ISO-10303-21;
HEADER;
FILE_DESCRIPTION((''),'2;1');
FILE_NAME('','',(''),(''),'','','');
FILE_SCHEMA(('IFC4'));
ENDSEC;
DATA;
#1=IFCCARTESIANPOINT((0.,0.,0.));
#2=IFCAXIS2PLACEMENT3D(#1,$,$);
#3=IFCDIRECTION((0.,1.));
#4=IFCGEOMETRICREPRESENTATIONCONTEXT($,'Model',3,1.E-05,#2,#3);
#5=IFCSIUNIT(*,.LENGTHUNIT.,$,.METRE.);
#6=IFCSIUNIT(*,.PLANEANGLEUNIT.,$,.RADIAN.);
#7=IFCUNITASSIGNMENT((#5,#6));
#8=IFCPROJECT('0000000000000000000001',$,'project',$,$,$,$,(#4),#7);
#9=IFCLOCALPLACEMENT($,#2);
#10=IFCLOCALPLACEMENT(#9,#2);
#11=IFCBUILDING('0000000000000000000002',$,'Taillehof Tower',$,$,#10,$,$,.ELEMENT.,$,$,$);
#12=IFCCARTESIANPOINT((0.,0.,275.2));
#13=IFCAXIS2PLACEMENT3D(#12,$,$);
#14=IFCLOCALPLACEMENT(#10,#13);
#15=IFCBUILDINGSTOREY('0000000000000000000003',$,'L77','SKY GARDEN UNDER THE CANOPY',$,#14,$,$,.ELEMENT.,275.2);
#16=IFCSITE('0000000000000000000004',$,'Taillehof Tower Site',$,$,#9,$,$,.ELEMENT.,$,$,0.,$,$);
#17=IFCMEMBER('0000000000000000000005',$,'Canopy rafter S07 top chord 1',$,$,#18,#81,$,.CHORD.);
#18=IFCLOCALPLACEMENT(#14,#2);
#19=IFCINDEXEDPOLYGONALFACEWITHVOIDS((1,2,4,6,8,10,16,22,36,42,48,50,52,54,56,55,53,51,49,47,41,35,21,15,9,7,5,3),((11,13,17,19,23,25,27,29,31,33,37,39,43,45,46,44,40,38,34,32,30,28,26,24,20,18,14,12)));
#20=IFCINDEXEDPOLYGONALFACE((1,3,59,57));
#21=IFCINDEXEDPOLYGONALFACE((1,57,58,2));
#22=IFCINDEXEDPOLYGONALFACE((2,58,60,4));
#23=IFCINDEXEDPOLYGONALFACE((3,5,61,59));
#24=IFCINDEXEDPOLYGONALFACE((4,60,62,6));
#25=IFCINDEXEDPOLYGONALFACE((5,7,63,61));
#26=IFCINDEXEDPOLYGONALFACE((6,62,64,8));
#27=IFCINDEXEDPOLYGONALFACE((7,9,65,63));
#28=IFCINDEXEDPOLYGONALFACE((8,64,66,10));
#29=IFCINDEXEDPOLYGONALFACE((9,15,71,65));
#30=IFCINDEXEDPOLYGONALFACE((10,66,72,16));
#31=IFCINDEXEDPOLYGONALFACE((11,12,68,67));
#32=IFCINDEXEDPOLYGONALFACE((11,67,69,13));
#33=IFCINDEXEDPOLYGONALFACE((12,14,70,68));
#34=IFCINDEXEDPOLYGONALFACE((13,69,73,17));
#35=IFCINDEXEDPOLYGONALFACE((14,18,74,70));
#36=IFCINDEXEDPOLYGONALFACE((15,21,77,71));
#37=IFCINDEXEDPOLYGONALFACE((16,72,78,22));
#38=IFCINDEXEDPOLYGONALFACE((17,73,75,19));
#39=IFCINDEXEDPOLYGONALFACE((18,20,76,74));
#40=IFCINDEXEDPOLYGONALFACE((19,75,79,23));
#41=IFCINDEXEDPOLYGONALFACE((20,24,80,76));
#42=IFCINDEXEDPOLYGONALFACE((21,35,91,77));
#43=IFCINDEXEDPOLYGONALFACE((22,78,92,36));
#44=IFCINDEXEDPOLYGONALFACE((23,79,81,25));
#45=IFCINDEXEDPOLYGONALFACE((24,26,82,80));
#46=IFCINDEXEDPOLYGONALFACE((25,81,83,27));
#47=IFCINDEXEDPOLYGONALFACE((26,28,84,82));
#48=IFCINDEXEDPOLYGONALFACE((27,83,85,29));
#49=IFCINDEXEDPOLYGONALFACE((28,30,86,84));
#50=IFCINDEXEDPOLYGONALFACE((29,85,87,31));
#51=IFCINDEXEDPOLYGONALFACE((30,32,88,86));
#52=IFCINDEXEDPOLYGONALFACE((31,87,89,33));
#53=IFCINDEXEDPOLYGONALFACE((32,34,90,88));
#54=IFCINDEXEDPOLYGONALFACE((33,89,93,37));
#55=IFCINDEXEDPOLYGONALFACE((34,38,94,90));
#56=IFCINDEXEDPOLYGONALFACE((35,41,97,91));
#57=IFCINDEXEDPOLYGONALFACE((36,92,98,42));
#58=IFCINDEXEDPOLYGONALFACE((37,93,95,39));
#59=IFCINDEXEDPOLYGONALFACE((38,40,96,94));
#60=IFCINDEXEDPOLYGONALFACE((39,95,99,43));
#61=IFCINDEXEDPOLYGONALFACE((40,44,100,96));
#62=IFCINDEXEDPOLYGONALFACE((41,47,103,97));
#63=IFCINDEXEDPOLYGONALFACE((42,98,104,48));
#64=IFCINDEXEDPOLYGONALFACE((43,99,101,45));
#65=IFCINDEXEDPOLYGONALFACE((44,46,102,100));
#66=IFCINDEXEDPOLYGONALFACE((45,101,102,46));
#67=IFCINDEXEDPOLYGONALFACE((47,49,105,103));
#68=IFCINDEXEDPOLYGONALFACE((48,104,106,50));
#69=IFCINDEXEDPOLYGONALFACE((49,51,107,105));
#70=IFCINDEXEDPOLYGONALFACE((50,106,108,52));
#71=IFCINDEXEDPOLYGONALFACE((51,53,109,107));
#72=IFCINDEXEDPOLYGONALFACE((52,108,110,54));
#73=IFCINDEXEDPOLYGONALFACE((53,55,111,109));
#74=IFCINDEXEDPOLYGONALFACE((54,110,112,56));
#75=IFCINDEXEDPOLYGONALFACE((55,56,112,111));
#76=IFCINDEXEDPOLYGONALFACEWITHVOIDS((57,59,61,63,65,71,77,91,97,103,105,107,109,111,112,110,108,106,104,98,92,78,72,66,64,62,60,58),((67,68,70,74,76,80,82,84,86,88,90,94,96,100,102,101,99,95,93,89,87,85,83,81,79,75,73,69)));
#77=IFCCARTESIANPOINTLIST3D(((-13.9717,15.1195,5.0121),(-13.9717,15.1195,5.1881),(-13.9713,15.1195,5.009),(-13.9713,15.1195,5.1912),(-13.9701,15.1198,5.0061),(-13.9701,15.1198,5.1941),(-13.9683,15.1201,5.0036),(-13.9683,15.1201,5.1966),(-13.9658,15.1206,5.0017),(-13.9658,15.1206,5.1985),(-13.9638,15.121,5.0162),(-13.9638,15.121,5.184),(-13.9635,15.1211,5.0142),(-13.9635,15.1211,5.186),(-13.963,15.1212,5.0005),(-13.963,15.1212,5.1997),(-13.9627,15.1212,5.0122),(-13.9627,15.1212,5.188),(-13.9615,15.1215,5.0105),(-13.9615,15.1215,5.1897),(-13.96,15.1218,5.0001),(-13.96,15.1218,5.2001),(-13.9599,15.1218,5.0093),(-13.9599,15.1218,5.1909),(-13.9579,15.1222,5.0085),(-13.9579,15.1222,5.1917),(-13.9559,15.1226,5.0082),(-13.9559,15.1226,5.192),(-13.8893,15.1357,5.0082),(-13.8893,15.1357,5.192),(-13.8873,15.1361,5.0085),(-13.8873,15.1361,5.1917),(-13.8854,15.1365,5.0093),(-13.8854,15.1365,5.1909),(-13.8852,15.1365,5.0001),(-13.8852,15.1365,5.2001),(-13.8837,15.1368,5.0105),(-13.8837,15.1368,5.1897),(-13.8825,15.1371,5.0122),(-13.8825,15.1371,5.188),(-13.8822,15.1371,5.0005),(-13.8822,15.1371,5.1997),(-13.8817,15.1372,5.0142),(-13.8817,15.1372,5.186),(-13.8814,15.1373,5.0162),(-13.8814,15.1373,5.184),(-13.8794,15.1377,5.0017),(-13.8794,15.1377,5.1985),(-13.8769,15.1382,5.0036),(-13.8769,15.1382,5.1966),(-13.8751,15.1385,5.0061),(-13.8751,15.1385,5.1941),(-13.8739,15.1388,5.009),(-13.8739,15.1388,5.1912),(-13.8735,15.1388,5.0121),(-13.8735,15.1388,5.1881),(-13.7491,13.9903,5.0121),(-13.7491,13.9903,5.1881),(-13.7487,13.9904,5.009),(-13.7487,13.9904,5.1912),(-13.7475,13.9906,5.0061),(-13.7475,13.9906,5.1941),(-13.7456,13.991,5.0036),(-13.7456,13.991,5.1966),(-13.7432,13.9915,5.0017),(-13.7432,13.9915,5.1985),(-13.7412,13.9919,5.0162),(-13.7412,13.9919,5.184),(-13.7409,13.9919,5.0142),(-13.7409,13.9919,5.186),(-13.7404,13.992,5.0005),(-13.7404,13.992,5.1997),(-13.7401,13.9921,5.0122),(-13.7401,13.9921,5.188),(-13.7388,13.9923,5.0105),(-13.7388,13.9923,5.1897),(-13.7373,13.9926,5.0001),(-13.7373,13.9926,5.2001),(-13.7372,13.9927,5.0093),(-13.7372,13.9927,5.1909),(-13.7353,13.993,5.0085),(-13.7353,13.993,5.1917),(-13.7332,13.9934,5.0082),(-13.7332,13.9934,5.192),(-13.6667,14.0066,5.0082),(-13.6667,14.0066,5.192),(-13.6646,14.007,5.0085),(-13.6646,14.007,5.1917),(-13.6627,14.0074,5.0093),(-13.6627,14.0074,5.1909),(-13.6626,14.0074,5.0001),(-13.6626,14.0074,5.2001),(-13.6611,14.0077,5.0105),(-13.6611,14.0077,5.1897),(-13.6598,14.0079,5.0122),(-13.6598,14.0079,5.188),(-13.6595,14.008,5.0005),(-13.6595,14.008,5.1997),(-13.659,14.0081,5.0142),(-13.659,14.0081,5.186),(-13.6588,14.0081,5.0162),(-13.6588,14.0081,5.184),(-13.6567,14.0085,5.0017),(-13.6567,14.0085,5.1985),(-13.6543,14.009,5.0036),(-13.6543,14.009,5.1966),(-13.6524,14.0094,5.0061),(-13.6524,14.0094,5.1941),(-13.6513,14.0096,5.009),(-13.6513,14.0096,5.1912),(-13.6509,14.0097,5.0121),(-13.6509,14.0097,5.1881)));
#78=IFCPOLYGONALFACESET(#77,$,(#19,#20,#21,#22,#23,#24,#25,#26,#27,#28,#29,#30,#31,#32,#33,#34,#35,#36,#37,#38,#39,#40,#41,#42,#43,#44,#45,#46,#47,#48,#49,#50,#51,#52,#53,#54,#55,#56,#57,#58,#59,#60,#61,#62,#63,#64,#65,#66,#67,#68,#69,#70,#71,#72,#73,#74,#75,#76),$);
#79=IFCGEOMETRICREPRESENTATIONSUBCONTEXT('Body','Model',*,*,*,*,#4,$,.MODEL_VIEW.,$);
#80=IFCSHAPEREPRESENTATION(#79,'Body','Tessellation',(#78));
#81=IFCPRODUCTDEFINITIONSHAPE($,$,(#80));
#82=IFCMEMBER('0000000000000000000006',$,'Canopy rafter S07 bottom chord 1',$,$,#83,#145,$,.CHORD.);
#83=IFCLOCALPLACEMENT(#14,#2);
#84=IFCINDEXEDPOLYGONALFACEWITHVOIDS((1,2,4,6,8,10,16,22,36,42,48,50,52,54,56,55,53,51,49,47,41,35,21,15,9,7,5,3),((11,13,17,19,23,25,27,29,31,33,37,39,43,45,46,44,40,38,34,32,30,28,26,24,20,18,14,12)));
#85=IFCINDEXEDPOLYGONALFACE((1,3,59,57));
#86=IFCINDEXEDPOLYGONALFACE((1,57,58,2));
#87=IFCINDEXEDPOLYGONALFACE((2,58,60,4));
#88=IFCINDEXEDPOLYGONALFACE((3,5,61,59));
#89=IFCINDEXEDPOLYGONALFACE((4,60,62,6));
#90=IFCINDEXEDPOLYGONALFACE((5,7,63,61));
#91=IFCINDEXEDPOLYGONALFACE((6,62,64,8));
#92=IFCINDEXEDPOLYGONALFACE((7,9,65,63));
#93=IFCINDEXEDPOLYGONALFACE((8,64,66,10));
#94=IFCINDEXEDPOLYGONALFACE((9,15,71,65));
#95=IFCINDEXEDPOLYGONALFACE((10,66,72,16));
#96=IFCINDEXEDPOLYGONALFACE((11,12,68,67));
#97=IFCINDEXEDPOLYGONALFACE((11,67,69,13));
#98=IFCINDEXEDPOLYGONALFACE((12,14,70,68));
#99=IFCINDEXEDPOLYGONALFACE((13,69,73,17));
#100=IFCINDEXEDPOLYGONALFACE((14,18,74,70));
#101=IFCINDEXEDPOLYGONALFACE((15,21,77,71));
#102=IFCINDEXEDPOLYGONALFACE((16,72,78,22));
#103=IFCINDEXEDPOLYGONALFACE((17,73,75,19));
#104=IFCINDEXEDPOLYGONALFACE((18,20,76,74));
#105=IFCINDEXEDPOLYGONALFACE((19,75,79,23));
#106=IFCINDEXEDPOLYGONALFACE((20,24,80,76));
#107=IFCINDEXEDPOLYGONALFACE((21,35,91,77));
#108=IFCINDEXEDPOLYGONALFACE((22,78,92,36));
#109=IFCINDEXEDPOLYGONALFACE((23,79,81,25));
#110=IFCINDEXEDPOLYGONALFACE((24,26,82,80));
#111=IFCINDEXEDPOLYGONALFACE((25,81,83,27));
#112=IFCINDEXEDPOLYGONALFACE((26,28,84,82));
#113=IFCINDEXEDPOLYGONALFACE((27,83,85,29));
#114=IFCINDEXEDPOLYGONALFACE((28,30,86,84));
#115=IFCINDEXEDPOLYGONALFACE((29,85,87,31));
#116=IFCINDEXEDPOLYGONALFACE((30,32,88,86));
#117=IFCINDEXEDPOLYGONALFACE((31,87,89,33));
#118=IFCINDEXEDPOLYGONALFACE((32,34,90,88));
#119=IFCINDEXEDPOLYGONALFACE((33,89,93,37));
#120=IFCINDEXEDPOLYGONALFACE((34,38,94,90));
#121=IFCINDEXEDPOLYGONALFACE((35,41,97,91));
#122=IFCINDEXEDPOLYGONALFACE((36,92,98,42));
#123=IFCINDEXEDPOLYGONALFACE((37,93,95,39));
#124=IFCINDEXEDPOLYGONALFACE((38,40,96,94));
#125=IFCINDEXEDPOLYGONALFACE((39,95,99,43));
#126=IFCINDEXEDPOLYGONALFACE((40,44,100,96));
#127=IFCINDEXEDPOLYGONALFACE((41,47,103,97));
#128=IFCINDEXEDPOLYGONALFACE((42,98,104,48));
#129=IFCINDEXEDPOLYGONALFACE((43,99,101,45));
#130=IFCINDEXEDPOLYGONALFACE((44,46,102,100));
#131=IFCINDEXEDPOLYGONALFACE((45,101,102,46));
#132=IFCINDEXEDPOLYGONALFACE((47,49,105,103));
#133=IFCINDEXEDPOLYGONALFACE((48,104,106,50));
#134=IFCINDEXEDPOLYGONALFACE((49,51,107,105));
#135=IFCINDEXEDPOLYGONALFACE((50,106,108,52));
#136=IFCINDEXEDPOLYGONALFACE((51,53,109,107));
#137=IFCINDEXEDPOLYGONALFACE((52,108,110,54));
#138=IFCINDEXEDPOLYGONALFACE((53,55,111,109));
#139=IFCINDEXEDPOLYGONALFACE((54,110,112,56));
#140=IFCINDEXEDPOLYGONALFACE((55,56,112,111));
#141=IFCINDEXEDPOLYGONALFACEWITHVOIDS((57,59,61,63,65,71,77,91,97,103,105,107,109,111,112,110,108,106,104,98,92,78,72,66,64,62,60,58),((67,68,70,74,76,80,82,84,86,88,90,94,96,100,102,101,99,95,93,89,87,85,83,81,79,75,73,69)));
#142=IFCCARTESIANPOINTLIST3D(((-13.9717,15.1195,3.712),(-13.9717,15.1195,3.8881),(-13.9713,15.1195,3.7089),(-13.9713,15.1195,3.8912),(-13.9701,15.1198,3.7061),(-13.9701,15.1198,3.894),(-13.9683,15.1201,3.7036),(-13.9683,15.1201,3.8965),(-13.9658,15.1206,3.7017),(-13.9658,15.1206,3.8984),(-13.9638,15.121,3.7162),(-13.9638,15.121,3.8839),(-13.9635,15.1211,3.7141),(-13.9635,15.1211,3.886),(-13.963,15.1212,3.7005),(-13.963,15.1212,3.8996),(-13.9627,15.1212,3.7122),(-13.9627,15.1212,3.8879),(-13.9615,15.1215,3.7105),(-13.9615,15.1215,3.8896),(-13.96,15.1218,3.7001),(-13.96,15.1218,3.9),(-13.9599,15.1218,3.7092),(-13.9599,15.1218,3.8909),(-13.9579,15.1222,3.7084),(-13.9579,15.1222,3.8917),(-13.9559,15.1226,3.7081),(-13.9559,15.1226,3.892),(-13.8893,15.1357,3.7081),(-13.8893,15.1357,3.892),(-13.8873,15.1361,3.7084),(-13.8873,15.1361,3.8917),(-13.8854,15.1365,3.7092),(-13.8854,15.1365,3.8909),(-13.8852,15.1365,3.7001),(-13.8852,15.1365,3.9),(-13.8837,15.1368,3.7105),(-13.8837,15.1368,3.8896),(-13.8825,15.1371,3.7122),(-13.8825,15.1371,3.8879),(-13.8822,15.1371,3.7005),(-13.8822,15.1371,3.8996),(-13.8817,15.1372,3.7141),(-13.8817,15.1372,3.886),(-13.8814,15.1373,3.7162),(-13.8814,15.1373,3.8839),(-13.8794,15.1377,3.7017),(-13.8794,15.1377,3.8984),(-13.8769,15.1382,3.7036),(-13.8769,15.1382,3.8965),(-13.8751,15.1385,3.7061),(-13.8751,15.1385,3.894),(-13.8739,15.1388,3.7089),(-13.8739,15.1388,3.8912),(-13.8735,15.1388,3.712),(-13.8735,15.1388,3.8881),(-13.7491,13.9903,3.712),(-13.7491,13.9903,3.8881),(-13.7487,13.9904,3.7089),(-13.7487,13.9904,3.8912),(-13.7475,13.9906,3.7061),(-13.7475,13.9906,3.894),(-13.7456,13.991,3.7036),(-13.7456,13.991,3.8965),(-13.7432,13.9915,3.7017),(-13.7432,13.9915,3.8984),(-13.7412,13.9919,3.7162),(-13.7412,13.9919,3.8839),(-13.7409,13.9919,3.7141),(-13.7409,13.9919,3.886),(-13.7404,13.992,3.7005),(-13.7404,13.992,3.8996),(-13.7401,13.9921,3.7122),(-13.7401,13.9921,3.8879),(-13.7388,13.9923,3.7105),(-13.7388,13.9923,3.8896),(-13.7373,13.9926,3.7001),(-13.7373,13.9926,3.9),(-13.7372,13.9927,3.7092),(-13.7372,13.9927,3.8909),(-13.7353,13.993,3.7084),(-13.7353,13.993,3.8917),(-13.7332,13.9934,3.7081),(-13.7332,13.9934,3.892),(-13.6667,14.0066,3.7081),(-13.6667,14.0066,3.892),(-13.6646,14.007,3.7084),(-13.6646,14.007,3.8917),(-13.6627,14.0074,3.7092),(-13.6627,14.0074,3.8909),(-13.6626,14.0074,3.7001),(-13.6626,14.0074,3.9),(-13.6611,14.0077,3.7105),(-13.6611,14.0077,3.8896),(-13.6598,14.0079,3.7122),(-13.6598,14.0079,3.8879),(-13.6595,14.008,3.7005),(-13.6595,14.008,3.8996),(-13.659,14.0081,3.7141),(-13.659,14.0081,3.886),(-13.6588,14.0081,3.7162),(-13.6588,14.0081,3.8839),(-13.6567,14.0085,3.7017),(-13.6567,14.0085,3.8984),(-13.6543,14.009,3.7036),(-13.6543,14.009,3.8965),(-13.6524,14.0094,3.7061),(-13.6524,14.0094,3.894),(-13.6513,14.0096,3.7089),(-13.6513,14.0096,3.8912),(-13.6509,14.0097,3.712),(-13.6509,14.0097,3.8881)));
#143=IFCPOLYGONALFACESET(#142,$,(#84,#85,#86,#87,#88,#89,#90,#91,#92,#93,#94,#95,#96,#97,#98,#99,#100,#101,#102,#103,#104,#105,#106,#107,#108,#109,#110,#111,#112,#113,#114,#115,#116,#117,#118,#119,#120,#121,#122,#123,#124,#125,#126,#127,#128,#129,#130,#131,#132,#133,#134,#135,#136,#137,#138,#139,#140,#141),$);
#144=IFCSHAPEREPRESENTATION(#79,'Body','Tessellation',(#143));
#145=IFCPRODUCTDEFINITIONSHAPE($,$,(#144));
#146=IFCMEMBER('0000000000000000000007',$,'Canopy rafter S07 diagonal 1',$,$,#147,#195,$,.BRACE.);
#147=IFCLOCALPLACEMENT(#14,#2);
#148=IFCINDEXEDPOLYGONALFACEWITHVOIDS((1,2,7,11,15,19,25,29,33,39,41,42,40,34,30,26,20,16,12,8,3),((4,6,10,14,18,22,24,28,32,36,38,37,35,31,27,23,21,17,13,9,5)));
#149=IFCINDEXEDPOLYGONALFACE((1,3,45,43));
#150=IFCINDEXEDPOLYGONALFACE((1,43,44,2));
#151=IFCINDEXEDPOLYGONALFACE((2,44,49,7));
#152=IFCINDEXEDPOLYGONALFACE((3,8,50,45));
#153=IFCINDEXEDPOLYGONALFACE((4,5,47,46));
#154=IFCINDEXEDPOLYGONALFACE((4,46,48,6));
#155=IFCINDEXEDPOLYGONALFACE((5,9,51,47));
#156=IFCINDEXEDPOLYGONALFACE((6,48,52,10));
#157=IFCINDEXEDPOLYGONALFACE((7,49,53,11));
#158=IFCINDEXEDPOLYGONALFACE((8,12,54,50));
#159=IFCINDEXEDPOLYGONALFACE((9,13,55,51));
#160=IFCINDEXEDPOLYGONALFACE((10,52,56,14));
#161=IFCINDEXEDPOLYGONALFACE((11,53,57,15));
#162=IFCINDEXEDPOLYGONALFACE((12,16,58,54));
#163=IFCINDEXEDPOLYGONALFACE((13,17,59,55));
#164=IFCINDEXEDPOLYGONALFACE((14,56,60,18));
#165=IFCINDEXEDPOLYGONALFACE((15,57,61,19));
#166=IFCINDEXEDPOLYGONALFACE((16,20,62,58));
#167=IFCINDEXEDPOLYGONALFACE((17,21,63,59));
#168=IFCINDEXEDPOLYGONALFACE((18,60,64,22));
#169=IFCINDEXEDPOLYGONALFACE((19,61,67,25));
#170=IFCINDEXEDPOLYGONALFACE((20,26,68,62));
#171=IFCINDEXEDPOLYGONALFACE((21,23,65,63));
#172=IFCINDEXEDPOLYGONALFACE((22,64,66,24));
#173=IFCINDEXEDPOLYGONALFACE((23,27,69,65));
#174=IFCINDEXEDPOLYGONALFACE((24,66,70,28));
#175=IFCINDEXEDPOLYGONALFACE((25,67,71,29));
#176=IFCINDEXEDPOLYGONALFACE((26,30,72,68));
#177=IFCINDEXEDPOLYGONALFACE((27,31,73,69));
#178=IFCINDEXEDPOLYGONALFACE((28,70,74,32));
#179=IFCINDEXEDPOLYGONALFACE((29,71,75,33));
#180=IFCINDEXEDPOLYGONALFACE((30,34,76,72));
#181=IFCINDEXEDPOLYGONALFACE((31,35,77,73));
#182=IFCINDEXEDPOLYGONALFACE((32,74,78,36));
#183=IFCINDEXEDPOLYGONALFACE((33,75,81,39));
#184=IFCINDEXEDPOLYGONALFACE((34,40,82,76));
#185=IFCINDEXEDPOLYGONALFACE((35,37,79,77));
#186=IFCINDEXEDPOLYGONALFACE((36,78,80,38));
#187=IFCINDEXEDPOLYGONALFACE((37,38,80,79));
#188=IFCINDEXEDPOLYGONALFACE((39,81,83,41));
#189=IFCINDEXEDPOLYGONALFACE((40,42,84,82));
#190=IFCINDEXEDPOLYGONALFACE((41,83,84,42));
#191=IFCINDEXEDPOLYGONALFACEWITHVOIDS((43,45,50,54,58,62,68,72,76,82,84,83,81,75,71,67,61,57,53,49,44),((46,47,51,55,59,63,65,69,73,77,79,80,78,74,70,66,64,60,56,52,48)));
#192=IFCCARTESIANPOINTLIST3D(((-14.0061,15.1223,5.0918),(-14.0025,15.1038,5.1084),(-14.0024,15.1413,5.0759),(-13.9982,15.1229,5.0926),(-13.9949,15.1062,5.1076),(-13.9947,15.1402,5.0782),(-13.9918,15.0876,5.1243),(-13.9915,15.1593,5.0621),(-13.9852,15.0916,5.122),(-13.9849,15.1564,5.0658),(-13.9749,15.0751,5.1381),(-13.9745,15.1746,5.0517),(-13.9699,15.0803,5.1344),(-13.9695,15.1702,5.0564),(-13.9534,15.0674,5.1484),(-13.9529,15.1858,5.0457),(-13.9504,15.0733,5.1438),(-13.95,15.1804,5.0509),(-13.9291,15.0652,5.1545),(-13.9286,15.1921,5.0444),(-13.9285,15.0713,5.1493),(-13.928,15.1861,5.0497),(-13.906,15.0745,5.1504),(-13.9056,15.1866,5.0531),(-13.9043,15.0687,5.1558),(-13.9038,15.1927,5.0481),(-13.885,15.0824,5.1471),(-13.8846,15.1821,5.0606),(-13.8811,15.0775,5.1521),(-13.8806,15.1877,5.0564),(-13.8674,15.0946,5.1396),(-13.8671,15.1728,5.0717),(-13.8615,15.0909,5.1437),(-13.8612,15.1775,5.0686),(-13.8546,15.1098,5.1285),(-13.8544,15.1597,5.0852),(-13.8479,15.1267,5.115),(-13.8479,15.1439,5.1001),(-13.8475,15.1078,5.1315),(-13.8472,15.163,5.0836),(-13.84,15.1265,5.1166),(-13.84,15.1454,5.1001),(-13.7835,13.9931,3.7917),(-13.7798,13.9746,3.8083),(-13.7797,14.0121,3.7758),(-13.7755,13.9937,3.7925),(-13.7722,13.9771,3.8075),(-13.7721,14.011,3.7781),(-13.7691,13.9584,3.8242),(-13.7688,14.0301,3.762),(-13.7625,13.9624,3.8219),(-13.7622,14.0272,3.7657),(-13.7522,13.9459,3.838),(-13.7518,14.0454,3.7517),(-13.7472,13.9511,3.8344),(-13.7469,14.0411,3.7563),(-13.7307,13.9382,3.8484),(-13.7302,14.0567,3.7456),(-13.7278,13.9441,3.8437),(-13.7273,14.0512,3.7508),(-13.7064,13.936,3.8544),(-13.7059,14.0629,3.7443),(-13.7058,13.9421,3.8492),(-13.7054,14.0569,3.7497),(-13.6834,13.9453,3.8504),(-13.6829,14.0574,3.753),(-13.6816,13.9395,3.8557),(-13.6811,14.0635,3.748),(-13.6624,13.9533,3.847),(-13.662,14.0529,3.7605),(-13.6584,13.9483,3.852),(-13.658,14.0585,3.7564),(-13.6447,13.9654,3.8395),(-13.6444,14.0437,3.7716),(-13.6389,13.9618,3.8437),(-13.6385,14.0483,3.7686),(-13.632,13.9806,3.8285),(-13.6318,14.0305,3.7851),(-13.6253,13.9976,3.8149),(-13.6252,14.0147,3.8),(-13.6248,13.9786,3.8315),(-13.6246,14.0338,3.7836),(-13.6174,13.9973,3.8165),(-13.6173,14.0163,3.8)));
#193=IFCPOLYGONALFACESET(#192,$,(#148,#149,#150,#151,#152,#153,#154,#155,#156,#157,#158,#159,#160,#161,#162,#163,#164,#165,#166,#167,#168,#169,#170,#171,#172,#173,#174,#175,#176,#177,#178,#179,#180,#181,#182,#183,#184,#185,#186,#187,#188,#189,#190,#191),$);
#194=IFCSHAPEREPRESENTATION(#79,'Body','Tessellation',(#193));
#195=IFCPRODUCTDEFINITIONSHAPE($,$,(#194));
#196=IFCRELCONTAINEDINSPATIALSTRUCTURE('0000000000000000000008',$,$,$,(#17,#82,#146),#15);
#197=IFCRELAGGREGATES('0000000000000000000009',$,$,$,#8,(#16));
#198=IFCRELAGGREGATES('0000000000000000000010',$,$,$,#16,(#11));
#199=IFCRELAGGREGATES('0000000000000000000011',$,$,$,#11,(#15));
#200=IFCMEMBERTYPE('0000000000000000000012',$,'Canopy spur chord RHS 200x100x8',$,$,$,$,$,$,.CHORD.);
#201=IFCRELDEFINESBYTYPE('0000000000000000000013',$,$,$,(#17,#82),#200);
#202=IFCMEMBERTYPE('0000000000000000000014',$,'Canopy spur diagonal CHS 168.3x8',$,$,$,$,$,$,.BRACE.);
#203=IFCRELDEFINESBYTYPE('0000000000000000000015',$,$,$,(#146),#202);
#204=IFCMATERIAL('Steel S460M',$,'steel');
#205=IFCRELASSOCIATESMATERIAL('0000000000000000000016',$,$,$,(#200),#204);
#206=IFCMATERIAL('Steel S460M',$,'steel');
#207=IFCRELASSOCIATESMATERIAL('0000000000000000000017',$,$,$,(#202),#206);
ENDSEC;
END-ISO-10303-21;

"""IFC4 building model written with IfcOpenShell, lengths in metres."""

from ifc_helpers import new_model, si_unit, direction, frame, origin, origin_2d, place, context, subcontext, project, spatial, hollow_rectangle, hollow_circle, extrude, material, material_profile, profile_set, type_object, element, save


model = new_model("IFC4")

# Units and contexts
model_context = context("Model", 3, precision=1e-05, world=origin(), true_north=direction((0.0, 1.0)))
body_context = subcontext(model_context, "Body", "Model", "MODEL_VIEW")
ifc_project = project(units=[si_unit("LENGTHUNIT", "METRE"), si_unit("PLANEANGLEUNIT", "RADIAN")], contexts=[model_context])

# Site, building, storey
site_placement = place(None, origin())
site = spatial("IfcSite", under=ifc_project, at=site_placement, Name="Taillehof Tower Site", CompositionType="ELEMENT", RefElevation=0.0)
building_placement = place(site_placement, origin())
building = spatial("IfcBuilding", under=site, at=building_placement, Name="Taillehof Tower", CompositionType="ELEMENT")
storey_placement = place(building_placement, frame((0.0, 0.0, 275.2)))
storey = spatial("IfcBuildingStorey", under=building, at=storey_placement, Name="L77", Description="SKY GARDEN UNDER THE CANOPY", CompositionType="ELEMENT", Elevation=275.2)

# Members
ifc_material_1 = material(Name="Steel S460M", Category="steel")
ifc_material_profile_1 = material_profile(ifc_material_1, hollow_rectangle(XDim=0.1001, YDim=0.2, WallThickness=0.0081, InnerFilletRadius=0.0081, OuterFilletRadius=0.012, at=origin_2d()), Name="RHS 200x100x8")
ifc_profile_set_1 = profile_set([ifc_material_profile_1], Name="Steel S460M")
member_type_1 = type_object("IfcMemberType", Name="Canopy spur chord RHS 200x100x8", PredefinedType="CHORD", material=ifc_profile_set_1)
for number, where, z_axis, x_axis, name in (
    (1, (-13.9226, 15.1292, 5.1001), (0.193464, -0.981107, 0.0), (0.981107, 0.193464, 0.0), "Canopy rafter S07 top chord 1"),
    (2, (-13.9226, 15.1292, 3.8), (0.193464, -0.981107, 0.0), (0.981107, 0.193464, 0.0), "Canopy rafter S07 bottom chord 1"),
):
    element("IfcMember", number, at=place(storey_placement, frame(where, z_axis=z_axis, x_axis=x_axis)), inside=storey, type_object=member_type_1, Name=name, PredefinedType="CHORD", context=body_context, shape_type="SweptSolid", body=[
        extrude(hollow_rectangle(XDim=0.1001, YDim=0.2, WallThickness=0.0081, InnerFilletRadius=0.0081, OuterFilletRadius=0.012, at=origin_2d()), origin(), (0.0, 0.0, 1.0), 1.1509),
    ])
ifc_material_2 = material(Name="Steel S460M", Category="steel")
ifc_material_profile_2 = material_profile(ifc_material_2, hollow_circle(Radius=0.0842, WallThickness=0.0081, at=origin_2d()), Name="CHS 168.3x8")
ifc_profile_set_2 = profile_set([ifc_material_profile_2], Name="Steel S460M")
member_type_2 = type_object("IfcMemberType", Name="Canopy spur diagonal CHS 168.3x8", PredefinedType="BRACE", material=ifc_profile_set_2)
member_1_placement = place(storey_placement, frame((-13.9226, 15.1292, 5.1001), z_axis=(0.128237, -0.650326, -0.748753), x_axis=(0.981107, 0.193464, 0.0)))
element("IfcMember", 3, at=member_1_placement, inside=storey, type_object=member_type_2, Name="Canopy rafter S07 diagonal 1", PredefinedType="BRACE", context=body_context, shape_type="SweptSolid", body=[
    extrude(hollow_circle(Radius=0.0842, WallThickness=0.0081, at=origin_2d()), origin(), (0.0, 0.0, 1.0), 1.7363),
])

save(model, "model.ifc")
